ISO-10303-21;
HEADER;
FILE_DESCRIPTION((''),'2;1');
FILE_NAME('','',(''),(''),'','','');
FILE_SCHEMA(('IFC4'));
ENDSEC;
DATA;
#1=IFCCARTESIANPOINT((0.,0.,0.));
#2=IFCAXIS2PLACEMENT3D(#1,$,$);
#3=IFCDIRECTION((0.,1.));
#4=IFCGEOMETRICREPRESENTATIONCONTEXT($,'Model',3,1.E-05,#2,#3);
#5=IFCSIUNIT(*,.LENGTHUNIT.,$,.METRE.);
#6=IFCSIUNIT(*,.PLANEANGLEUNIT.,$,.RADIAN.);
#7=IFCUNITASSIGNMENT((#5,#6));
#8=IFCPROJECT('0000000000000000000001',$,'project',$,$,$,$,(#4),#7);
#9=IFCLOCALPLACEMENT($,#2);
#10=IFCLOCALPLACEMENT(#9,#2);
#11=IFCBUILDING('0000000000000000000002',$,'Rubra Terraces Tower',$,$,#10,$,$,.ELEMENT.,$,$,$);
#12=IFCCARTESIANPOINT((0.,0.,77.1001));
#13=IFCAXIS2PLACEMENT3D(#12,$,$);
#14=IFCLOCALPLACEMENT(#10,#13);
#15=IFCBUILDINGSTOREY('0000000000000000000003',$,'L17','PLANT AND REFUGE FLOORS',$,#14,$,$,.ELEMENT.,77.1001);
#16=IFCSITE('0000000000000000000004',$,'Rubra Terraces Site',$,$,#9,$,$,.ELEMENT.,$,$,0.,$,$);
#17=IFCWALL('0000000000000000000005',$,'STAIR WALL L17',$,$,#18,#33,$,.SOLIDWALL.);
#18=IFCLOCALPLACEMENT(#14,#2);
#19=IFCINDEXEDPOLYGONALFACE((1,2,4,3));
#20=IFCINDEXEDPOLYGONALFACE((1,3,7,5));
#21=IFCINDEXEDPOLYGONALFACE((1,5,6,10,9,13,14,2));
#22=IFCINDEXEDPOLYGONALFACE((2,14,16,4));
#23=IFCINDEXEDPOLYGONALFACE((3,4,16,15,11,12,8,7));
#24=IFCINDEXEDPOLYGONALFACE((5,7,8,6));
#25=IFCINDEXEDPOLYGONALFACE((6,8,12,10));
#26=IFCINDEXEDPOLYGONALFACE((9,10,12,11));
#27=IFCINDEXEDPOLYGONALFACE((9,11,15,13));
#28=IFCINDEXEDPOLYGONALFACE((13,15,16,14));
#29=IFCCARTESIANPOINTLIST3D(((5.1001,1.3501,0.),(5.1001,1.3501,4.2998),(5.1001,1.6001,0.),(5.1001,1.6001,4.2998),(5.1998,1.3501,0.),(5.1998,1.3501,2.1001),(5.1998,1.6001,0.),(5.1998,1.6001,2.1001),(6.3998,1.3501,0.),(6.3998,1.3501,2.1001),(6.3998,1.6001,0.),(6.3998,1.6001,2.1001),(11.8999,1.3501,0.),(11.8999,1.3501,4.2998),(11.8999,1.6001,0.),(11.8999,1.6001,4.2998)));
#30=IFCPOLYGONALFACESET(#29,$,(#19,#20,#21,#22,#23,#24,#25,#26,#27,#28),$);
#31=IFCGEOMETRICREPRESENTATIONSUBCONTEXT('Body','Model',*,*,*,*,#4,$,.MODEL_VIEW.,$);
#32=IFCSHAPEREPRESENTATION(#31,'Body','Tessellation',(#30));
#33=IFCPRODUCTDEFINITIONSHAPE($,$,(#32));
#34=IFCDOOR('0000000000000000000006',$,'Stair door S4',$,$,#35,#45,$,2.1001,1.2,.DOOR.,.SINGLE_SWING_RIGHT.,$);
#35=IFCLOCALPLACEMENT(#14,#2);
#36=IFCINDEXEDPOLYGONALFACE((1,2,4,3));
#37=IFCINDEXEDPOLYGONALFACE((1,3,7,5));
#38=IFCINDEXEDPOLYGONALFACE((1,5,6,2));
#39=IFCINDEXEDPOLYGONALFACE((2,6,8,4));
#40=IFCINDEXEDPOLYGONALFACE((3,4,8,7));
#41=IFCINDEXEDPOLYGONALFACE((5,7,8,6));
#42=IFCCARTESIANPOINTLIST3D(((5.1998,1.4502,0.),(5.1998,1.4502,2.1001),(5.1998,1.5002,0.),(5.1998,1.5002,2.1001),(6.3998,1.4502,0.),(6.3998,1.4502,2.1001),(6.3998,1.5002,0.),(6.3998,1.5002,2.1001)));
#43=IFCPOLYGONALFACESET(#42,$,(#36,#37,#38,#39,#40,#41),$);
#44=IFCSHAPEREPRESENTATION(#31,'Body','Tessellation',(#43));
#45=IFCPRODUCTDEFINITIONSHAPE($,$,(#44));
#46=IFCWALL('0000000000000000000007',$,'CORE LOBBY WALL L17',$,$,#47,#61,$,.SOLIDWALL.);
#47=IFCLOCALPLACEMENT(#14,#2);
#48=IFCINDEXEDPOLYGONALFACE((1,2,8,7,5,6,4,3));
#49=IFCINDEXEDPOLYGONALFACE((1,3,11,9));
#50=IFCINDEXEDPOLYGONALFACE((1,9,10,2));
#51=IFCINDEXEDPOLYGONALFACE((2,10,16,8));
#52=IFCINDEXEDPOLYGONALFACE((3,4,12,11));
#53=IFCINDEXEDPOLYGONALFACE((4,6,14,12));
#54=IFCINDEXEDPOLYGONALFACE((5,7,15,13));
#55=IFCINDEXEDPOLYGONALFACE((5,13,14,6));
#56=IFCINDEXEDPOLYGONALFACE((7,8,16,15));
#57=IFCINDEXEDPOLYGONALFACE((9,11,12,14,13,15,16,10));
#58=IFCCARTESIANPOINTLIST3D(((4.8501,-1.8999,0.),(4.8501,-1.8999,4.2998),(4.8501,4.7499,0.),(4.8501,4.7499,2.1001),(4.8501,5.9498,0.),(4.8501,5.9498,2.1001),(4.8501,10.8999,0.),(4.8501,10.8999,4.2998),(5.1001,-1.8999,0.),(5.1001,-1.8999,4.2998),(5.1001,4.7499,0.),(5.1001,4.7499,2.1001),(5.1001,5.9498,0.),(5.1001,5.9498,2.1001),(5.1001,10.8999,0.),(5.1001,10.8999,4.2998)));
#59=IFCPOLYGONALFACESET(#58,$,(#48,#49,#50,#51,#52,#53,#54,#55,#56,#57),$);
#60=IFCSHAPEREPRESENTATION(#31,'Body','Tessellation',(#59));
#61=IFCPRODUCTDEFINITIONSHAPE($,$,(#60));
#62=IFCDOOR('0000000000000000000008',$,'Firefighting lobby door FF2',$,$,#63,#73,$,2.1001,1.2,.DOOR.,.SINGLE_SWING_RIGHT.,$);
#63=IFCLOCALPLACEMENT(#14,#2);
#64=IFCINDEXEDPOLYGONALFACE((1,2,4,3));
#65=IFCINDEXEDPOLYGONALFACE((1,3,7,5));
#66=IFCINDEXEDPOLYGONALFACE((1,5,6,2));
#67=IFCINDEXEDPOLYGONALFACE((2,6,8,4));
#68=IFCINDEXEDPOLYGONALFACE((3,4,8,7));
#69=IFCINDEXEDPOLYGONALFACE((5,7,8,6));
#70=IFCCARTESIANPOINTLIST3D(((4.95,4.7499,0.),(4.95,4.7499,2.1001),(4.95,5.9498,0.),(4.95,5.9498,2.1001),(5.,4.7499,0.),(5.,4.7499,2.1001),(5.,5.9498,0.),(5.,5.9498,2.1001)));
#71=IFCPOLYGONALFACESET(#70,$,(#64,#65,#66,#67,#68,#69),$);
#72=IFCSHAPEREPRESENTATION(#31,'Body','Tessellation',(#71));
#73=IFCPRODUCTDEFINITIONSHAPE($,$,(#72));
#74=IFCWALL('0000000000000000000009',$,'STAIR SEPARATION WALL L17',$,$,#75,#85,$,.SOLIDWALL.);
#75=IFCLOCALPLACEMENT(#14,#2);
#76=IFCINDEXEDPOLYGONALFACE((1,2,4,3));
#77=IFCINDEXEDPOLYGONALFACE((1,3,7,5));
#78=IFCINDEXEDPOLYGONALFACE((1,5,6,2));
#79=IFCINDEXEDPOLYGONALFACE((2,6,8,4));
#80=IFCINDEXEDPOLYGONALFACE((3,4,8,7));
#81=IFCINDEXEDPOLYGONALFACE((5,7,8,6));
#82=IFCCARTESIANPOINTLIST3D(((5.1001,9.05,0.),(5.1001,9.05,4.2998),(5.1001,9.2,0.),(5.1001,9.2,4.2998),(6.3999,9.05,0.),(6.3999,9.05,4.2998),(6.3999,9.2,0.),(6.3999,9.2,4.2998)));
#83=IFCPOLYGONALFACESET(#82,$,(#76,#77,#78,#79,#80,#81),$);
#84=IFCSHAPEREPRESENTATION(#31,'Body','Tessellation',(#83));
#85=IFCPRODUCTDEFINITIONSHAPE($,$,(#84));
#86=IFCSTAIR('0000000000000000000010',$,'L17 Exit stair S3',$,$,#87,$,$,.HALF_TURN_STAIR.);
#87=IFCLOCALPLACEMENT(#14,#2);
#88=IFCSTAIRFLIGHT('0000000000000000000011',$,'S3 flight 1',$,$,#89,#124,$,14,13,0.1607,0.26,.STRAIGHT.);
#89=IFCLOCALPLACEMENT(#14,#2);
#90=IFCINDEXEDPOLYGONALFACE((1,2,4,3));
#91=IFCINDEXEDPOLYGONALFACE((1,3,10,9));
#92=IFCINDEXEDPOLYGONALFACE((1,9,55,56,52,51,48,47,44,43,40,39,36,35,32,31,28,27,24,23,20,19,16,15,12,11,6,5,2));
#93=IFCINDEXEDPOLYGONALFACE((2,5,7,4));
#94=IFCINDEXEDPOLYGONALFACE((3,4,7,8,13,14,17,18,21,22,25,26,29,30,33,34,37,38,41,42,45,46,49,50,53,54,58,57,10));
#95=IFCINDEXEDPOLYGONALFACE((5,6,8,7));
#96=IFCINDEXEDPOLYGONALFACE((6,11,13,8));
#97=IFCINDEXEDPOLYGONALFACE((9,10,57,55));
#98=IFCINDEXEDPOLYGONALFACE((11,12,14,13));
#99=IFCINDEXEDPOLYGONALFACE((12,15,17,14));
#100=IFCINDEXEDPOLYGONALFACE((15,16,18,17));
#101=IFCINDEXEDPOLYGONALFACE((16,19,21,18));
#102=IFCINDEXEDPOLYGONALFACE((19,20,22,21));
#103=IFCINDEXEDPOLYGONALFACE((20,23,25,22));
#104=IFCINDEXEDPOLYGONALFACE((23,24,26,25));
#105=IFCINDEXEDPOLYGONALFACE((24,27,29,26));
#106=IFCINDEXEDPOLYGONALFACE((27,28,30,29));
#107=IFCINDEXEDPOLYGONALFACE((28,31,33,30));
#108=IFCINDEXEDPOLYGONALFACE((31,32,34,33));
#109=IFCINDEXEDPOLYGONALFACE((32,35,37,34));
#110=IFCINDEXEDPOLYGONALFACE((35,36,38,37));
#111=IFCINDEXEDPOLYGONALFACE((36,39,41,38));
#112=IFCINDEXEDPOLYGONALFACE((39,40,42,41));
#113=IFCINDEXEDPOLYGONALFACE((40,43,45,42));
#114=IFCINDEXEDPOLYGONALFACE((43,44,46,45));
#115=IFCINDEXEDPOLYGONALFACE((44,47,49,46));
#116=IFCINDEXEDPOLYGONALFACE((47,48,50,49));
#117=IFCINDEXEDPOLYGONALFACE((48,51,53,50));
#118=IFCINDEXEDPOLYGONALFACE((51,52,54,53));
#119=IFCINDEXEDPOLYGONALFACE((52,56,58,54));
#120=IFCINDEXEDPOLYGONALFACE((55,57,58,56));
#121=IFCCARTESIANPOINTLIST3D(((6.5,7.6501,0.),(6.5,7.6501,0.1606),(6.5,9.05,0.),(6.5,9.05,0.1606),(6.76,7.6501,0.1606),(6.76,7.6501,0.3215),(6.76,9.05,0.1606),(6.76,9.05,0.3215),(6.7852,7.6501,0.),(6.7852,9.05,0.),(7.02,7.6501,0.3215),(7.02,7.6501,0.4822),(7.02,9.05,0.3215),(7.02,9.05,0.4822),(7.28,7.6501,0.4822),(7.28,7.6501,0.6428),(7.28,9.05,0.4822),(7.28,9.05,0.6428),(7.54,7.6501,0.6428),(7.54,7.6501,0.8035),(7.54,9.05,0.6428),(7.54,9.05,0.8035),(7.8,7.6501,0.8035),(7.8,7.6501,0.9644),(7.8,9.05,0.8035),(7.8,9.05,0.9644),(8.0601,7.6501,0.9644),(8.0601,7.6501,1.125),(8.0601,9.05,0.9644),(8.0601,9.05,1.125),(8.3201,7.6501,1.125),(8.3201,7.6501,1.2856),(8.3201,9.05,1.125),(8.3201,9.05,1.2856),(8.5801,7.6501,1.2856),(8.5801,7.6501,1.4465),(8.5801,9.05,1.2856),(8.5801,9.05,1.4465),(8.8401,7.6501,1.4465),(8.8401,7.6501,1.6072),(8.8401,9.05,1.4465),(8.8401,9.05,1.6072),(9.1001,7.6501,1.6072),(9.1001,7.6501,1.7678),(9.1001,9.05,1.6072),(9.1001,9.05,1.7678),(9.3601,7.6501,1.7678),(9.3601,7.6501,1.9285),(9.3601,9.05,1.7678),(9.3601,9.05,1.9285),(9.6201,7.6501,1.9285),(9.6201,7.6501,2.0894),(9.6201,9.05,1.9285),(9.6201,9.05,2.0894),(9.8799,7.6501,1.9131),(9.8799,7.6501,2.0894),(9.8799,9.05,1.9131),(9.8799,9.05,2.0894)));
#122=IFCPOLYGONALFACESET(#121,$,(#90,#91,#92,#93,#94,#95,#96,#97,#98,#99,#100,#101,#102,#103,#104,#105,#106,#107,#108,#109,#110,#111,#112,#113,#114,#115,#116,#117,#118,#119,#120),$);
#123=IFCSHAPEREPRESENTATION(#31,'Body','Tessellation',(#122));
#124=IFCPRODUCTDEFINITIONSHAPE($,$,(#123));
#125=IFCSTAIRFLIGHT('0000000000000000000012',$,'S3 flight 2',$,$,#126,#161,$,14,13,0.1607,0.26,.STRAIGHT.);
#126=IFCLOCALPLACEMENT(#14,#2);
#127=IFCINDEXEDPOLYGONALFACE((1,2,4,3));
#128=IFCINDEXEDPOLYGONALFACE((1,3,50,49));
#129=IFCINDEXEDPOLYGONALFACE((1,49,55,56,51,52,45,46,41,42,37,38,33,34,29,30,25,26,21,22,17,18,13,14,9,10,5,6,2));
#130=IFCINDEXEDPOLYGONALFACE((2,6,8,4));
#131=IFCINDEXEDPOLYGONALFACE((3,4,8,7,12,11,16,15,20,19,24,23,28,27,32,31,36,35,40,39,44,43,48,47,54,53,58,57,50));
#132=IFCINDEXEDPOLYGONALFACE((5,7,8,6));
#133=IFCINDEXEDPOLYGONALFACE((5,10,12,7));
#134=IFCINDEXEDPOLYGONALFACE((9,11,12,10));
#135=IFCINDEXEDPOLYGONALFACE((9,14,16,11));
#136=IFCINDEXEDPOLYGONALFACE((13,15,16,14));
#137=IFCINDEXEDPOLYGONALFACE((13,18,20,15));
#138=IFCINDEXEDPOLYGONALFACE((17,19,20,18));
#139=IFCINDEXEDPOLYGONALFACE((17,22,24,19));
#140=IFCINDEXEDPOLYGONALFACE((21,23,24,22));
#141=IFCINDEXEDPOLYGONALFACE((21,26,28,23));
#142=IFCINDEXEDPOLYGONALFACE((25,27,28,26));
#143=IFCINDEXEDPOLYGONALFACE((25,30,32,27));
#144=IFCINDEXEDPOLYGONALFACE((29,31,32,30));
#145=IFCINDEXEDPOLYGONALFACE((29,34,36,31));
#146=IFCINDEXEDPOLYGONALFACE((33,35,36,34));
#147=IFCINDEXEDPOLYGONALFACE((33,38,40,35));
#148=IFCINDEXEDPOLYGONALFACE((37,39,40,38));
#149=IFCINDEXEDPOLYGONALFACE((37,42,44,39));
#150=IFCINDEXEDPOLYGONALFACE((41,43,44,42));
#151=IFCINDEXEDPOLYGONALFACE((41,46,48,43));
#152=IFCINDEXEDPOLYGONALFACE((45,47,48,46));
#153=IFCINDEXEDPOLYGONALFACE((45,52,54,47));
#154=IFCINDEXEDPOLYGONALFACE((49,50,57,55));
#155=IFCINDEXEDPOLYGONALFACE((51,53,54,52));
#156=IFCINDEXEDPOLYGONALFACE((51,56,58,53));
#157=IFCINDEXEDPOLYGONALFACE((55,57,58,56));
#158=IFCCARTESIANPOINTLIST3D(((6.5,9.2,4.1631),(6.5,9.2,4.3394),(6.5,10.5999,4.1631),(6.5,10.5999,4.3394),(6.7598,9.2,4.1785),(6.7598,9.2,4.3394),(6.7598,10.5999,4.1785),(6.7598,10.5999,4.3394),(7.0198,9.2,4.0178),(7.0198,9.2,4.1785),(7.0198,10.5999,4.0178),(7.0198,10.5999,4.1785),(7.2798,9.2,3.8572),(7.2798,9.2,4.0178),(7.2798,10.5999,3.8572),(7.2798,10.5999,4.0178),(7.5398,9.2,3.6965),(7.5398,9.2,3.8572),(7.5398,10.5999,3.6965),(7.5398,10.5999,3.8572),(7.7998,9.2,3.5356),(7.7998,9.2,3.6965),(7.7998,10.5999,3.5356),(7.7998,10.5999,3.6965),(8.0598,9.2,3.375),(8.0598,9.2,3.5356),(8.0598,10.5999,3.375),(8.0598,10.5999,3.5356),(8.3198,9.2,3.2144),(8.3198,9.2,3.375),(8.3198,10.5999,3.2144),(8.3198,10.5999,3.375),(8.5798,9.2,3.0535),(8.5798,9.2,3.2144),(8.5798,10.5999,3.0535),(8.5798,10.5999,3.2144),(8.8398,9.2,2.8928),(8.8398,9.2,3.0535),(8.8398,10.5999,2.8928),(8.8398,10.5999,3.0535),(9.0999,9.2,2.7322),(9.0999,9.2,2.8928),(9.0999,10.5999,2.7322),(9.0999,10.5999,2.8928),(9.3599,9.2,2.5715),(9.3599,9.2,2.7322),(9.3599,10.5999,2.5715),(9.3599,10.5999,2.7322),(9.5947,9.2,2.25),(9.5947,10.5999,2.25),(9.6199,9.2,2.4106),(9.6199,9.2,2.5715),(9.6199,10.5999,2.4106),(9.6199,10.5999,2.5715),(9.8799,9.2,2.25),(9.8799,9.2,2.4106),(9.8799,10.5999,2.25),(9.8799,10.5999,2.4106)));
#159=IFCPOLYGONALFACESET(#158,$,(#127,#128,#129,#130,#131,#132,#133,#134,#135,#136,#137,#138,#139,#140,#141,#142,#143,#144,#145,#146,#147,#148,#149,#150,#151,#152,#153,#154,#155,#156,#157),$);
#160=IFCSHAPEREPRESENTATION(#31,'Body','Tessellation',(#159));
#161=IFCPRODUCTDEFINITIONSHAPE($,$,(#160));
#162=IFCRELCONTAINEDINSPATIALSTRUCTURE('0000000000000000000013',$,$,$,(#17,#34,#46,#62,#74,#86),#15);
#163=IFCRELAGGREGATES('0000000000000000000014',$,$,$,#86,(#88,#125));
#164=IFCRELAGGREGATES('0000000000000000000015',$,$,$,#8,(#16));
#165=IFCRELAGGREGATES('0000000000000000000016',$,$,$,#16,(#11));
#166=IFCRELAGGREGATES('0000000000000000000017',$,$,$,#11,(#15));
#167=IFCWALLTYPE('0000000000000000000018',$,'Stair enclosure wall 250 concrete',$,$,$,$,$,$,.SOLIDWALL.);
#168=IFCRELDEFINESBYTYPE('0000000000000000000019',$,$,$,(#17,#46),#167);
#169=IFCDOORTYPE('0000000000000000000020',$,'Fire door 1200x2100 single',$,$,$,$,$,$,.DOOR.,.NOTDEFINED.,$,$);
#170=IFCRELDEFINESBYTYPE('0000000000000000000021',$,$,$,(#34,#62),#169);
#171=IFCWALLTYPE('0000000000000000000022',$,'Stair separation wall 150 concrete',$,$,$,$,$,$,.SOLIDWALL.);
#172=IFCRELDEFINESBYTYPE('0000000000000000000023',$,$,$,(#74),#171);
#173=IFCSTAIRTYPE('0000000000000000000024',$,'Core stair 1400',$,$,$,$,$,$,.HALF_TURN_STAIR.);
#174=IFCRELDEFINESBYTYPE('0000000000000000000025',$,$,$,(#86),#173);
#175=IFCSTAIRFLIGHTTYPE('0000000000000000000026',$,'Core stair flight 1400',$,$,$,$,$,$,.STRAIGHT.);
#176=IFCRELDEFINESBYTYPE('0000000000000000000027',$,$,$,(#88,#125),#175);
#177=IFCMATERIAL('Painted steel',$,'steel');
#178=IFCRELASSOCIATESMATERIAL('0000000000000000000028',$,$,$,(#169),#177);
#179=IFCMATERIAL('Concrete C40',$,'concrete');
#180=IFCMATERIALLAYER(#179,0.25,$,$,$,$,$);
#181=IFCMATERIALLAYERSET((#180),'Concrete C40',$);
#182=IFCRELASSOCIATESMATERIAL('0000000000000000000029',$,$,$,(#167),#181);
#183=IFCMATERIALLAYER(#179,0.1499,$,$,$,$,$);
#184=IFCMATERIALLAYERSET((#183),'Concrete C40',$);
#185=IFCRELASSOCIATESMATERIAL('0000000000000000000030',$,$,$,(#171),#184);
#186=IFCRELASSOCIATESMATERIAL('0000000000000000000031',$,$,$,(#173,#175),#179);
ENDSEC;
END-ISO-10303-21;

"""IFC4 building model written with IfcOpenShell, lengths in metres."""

from ifc_helpers import new_model, si_unit, direction, frame, frame_2d, origin, place, context, subcontext, project, spatial, polyline, rectangle, outline, extrude, material, layer, layer_set, type_object, element, fill, aggregate, save


model = new_model("IFC4")

# Units and contexts
model_context = context("Model", 3, precision=1e-05, world=origin(), true_north=direction((0.0, 1.0)))
body_context = subcontext(model_context, "Body", "Model", "MODEL_VIEW")
ifc_project = project(units=[si_unit("LENGTHUNIT", "METRE"), si_unit("PLANEANGLEUNIT", "RADIAN")], contexts=[model_context])

# Site, building, storey
site_placement = place(None, origin())
site = spatial("IfcSite", under=ifc_project, at=site_placement, Name="Rubra Terraces Site", CompositionType="ELEMENT", RefElevation=0.0)
building_placement = place(site_placement, origin())
building = spatial("IfcBuilding", under=site, at=building_placement, Name="Rubra Terraces Tower", CompositionType="ELEMENT")
storey_placement = place(building_placement, frame((0.0, 0.0, 77.1001)))
storey = spatial("IfcBuildingStorey", under=building, at=storey_placement, Name="L17", Description="PLANT AND REFUGE FLOORS", CompositionType="ELEMENT", Elevation=77.1001)

# Shared definitions
ifc_material_1 = material(Name="Concrete C40", Category="concrete")

# Shared definitions
ifc_material_2 = material(Name="Painted steel", Category="steel")
door_type_1 = type_object("IfcDoorType", Name="Fire door 1200x2100 single", OperationType="NOTDEFINED", PredefinedType="DOOR", material=ifc_material_2)

# Walls, openings, doors
ifc_layer_1 = layer(ifc_material_1, 0.25)
ifc_layer_set_1 = layer_set([ifc_layer_1], Name="Concrete C40")
wall_type_1 = type_object("IfcWallType", Name="Stair enclosure wall 250 concrete", PredefinedType="SOLIDWALL", material=ifc_layer_set_1)
wall_1_placement = place(storey_placement, frame((11.8999, 1.4751, 0.0), z_axis=(0.0, 0.0, 1.0), x_axis=(-1.0, 0.0, 0.0)))
wall_1 = element("IfcWall", 1, at=wall_1_placement, inside=storey, type_object=wall_type_1, Name="STAIR WALL L17", PredefinedType="SOLIDWALL", context=body_context, shape_type="SweptSolid", body=[
    extrude(rectangle(XDim=6.7998, YDim=0.25, at=frame_2d((3.3999, 0.0))), origin(), (0.0, 0.0, 1.0), 4.2998),
])
opening_1_placement = place(wall_1_placement, frame((5.5, 0.0, 0.0)))
opening_1 = element("IfcOpeningElement", 2, at=opening_1_placement, cuts=wall_1, PredefinedType="OPENING", context=body_context, shape_type="SweptSolid", body=[
    extrude(rectangle(XDim=1.2, YDim=2.1001, at=frame_2d((0.6001, 1.05))), frame((0.0, 0.135, 0.0), z_axis=(0.0, -1.0, 0.0), x_axis=(1.0, 0.0, 0.0)), (0.0, 0.0, 1.0), 0.27),
])
door_1_placement = place(opening_1_placement, origin())
door_1 = element("IfcDoor", 3, at=door_1_placement, inside=storey, type_object=door_type_1, Name="Stair door S4", OperationType="SINGLE_SWING_RIGHT", OverallHeight=2.1001, OverallWidth=1.2, PredefinedType="DOOR", context=body_context, shape_type="SweptSolid", body=[
    extrude(rectangle(XDim=1.2, YDim=2.1001, at=frame_2d((0.6001, 1.05))), frame((0.0, 0.0249, 0.0), z_axis=(0.0, -1.0, 0.0), x_axis=(1.0, 0.0, 0.0)), (0.0, 0.0, 1.0), 0.05),
])
fill(opening_1, door_1)
wall_2_placement = place(storey_placement, frame((4.9751, 10.8999, 0.0), z_axis=(0.0, 0.0, 1.0), x_axis=(0.0, -1.0, 0.0)))
wall_2 = element("IfcWall", 4, at=wall_2_placement, inside=storey, type_object=wall_type_1, Name="CORE LOBBY WALL L17", PredefinedType="SOLIDWALL", context=body_context, shape_type="SweptSolid", body=[
    extrude(rectangle(XDim=12.7998, YDim=0.25, at=frame_2d((6.3999, 0.0))), origin(), (0.0, 0.0, 1.0), 4.2998),
])
opening_2_placement = place(wall_2_placement, frame((4.95, 0.0, 0.0)))
opening_2 = element("IfcOpeningElement", 5, at=opening_2_placement, cuts=wall_2, PredefinedType="OPENING", context=body_context, shape_type="SweptSolid", body=[
    extrude(rectangle(XDim=1.2, YDim=2.1001, at=frame_2d((0.6001, 1.05))), frame((0.0, 0.135, 0.0), z_axis=(0.0, -1.0, 0.0), x_axis=(1.0, 0.0, 0.0)), (0.0, 0.0, 1.0), 0.27),
])
door_2_placement = place(opening_2_placement, origin())
door_2 = element("IfcDoor", 6, at=door_2_placement, inside=storey, type_object=door_type_1, Name="Firefighting lobby door FF2", OperationType="SINGLE_SWING_RIGHT", OverallHeight=2.1001, OverallWidth=1.2, PredefinedType="DOOR", context=body_context, shape_type="SweptSolid", body=[
    extrude(rectangle(XDim=1.2, YDim=2.1001, at=frame_2d((0.6001, 1.05))), frame((0.0, 0.0249, 0.0), z_axis=(0.0, -1.0, 0.0), x_axis=(1.0, 0.0, 0.0)), (0.0, 0.0, 1.0), 0.05),
])
fill(opening_2, door_2)

# Wall
ifc_layer_2 = layer(ifc_material_1, 0.1499)
ifc_layer_set_2 = layer_set([ifc_layer_2], Name="Concrete C40")
wall_type_2 = type_object("IfcWallType", Name="Stair separation wall 150 concrete", PredefinedType="SOLIDWALL", material=ifc_layer_set_2)
wall_3_placement = place(storey_placement, frame((6.3999, 9.125, 0.0), z_axis=(0.0, 0.0, 1.0), x_axis=(-1.0, 0.0, 0.0)))
element("IfcWall", 7, at=wall_3_placement, inside=storey, type_object=wall_type_2, Name="STAIR SEPARATION WALL L17", PredefinedType="SOLIDWALL", context=body_context, shape_type="SweptSolid", body=[
    extrude(rectangle(XDim=1.2998, YDim=0.1499, at=frame_2d((0.6499, 0.0))), origin(), (0.0, 0.0, 1.0), 4.2998),
])

# Stair, stair flights
stair_type = type_object("IfcStairType", Name="Core stair 1400", PredefinedType="HALF_TURN_STAIR", material=ifc_material_1)
stair_placement = place(storey_placement, origin())
stair = element("IfcStair", 8, at=stair_placement, inside=storey, type_object=stair_type, Name="L17 Exit stair S3", PredefinedType="HALF_TURN_STAIR")
stair_flight_type = type_object("IfcStairFlightType", Name="Core stair flight 1400", PredefinedType="STRAIGHT", material=ifc_material_1)
stair_flight_1_placement = place(storey_placement, frame((6.5, 8.3501, 0.0), z_axis=(0.0, 0.0, 1.0), x_axis=(1.0, 0.0, 0.0)))
stair_flight_1 = element("IfcStairFlight", 9, at=stair_flight_1_placement, type_object=stair_flight_type, Name="S3 flight 1", NumberOfRisers=14, NumberOfTreads=13, PredefinedType="STRAIGHT", RiserHeight=0.1607, TreadLength=0.26, context=body_context, shape_type="SweptSolid", body=[
    extrude(outline(polyline([(0.0, 0.0), (0.0, 0.1606), (0.26, 0.1606), (0.26, 0.3215), (0.52, 0.3215), (0.52, 0.4822), (0.78, 0.4822), (0.78, 0.6428), (1.04, 0.6428), (1.04, 0.8035), (1.3, 0.8035), (1.3, 0.9644), (1.5601, 0.9644), (1.5601, 1.125), (1.8201, 1.125), (1.8201, 1.2856), (2.0801, 1.2856), (2.0801, 1.4465), (2.3401, 1.4465), (2.3401, 1.6072), (2.6001, 1.6072), (2.6001, 1.7678), (2.8601, 1.7678), (2.8601, 1.9285), (3.1201, 1.9285), (3.1201, 2.0894), (3.3799, 2.0894), (3.3799, 2.25), (3.3799, 1.9131), (0.2852, 0.0), (0.0, 0.0)])), frame((0.0, 0.7, 0.0), z_axis=(0.0, -1.0, 0.0), x_axis=(1.0, 0.0, 0.0)), (0.0, 0.0, 1.0), 1.3999),
])
stair_flight_2_placement = place(storey_placement, frame((9.8799, 9.8999, 2.25), z_axis=(0.0, 0.0, 1.0), x_axis=(-1.0, 0.0, 0.0)))
stair_flight_2 = element("IfcStairFlight", 10, at=stair_flight_2_placement, type_object=stair_flight_type, Name="S3 flight 2", NumberOfRisers=14, NumberOfTreads=13, PredefinedType="STRAIGHT", RiserHeight=0.1607, TreadLength=0.26, context=body_context, shape_type="SweptSolid", body=[
    extrude(outline(polyline([(0.0, 0.0), (0.0, 0.1606), (0.26, 0.1606), (0.26, 0.3215), (0.52, 0.3215), (0.52, 0.4822), (0.78, 0.4822), (0.78, 0.6428), (1.04, 0.6428), (1.04, 0.8035), (1.3, 0.8035), (1.3, 0.9644), (1.5601, 0.9644), (1.5601, 1.125), (1.8201, 1.125), (1.8201, 1.2856), (2.0801, 1.2856), (2.0801, 1.4465), (2.3401, 1.4465), (2.3401, 1.6072), (2.6001, 1.6072), (2.6001, 1.7678), (2.8601, 1.7678), (2.8601, 1.9285), (3.1201, 1.9285), (3.1201, 2.0894), (3.3799, 2.0894), (3.3799, 2.25), (3.3799, 1.9131), (0.2852, 0.0), (0.0, 0.0)])), frame((0.0, 0.7, 0.0), z_axis=(0.0, -1.0, 0.0), x_axis=(1.0, 0.0, 0.0)), (0.0, 0.0, 1.0), 1.3999),
])
aggregate(stair, [stair_flight_1, stair_flight_2])

save(model, "model.ifc")
